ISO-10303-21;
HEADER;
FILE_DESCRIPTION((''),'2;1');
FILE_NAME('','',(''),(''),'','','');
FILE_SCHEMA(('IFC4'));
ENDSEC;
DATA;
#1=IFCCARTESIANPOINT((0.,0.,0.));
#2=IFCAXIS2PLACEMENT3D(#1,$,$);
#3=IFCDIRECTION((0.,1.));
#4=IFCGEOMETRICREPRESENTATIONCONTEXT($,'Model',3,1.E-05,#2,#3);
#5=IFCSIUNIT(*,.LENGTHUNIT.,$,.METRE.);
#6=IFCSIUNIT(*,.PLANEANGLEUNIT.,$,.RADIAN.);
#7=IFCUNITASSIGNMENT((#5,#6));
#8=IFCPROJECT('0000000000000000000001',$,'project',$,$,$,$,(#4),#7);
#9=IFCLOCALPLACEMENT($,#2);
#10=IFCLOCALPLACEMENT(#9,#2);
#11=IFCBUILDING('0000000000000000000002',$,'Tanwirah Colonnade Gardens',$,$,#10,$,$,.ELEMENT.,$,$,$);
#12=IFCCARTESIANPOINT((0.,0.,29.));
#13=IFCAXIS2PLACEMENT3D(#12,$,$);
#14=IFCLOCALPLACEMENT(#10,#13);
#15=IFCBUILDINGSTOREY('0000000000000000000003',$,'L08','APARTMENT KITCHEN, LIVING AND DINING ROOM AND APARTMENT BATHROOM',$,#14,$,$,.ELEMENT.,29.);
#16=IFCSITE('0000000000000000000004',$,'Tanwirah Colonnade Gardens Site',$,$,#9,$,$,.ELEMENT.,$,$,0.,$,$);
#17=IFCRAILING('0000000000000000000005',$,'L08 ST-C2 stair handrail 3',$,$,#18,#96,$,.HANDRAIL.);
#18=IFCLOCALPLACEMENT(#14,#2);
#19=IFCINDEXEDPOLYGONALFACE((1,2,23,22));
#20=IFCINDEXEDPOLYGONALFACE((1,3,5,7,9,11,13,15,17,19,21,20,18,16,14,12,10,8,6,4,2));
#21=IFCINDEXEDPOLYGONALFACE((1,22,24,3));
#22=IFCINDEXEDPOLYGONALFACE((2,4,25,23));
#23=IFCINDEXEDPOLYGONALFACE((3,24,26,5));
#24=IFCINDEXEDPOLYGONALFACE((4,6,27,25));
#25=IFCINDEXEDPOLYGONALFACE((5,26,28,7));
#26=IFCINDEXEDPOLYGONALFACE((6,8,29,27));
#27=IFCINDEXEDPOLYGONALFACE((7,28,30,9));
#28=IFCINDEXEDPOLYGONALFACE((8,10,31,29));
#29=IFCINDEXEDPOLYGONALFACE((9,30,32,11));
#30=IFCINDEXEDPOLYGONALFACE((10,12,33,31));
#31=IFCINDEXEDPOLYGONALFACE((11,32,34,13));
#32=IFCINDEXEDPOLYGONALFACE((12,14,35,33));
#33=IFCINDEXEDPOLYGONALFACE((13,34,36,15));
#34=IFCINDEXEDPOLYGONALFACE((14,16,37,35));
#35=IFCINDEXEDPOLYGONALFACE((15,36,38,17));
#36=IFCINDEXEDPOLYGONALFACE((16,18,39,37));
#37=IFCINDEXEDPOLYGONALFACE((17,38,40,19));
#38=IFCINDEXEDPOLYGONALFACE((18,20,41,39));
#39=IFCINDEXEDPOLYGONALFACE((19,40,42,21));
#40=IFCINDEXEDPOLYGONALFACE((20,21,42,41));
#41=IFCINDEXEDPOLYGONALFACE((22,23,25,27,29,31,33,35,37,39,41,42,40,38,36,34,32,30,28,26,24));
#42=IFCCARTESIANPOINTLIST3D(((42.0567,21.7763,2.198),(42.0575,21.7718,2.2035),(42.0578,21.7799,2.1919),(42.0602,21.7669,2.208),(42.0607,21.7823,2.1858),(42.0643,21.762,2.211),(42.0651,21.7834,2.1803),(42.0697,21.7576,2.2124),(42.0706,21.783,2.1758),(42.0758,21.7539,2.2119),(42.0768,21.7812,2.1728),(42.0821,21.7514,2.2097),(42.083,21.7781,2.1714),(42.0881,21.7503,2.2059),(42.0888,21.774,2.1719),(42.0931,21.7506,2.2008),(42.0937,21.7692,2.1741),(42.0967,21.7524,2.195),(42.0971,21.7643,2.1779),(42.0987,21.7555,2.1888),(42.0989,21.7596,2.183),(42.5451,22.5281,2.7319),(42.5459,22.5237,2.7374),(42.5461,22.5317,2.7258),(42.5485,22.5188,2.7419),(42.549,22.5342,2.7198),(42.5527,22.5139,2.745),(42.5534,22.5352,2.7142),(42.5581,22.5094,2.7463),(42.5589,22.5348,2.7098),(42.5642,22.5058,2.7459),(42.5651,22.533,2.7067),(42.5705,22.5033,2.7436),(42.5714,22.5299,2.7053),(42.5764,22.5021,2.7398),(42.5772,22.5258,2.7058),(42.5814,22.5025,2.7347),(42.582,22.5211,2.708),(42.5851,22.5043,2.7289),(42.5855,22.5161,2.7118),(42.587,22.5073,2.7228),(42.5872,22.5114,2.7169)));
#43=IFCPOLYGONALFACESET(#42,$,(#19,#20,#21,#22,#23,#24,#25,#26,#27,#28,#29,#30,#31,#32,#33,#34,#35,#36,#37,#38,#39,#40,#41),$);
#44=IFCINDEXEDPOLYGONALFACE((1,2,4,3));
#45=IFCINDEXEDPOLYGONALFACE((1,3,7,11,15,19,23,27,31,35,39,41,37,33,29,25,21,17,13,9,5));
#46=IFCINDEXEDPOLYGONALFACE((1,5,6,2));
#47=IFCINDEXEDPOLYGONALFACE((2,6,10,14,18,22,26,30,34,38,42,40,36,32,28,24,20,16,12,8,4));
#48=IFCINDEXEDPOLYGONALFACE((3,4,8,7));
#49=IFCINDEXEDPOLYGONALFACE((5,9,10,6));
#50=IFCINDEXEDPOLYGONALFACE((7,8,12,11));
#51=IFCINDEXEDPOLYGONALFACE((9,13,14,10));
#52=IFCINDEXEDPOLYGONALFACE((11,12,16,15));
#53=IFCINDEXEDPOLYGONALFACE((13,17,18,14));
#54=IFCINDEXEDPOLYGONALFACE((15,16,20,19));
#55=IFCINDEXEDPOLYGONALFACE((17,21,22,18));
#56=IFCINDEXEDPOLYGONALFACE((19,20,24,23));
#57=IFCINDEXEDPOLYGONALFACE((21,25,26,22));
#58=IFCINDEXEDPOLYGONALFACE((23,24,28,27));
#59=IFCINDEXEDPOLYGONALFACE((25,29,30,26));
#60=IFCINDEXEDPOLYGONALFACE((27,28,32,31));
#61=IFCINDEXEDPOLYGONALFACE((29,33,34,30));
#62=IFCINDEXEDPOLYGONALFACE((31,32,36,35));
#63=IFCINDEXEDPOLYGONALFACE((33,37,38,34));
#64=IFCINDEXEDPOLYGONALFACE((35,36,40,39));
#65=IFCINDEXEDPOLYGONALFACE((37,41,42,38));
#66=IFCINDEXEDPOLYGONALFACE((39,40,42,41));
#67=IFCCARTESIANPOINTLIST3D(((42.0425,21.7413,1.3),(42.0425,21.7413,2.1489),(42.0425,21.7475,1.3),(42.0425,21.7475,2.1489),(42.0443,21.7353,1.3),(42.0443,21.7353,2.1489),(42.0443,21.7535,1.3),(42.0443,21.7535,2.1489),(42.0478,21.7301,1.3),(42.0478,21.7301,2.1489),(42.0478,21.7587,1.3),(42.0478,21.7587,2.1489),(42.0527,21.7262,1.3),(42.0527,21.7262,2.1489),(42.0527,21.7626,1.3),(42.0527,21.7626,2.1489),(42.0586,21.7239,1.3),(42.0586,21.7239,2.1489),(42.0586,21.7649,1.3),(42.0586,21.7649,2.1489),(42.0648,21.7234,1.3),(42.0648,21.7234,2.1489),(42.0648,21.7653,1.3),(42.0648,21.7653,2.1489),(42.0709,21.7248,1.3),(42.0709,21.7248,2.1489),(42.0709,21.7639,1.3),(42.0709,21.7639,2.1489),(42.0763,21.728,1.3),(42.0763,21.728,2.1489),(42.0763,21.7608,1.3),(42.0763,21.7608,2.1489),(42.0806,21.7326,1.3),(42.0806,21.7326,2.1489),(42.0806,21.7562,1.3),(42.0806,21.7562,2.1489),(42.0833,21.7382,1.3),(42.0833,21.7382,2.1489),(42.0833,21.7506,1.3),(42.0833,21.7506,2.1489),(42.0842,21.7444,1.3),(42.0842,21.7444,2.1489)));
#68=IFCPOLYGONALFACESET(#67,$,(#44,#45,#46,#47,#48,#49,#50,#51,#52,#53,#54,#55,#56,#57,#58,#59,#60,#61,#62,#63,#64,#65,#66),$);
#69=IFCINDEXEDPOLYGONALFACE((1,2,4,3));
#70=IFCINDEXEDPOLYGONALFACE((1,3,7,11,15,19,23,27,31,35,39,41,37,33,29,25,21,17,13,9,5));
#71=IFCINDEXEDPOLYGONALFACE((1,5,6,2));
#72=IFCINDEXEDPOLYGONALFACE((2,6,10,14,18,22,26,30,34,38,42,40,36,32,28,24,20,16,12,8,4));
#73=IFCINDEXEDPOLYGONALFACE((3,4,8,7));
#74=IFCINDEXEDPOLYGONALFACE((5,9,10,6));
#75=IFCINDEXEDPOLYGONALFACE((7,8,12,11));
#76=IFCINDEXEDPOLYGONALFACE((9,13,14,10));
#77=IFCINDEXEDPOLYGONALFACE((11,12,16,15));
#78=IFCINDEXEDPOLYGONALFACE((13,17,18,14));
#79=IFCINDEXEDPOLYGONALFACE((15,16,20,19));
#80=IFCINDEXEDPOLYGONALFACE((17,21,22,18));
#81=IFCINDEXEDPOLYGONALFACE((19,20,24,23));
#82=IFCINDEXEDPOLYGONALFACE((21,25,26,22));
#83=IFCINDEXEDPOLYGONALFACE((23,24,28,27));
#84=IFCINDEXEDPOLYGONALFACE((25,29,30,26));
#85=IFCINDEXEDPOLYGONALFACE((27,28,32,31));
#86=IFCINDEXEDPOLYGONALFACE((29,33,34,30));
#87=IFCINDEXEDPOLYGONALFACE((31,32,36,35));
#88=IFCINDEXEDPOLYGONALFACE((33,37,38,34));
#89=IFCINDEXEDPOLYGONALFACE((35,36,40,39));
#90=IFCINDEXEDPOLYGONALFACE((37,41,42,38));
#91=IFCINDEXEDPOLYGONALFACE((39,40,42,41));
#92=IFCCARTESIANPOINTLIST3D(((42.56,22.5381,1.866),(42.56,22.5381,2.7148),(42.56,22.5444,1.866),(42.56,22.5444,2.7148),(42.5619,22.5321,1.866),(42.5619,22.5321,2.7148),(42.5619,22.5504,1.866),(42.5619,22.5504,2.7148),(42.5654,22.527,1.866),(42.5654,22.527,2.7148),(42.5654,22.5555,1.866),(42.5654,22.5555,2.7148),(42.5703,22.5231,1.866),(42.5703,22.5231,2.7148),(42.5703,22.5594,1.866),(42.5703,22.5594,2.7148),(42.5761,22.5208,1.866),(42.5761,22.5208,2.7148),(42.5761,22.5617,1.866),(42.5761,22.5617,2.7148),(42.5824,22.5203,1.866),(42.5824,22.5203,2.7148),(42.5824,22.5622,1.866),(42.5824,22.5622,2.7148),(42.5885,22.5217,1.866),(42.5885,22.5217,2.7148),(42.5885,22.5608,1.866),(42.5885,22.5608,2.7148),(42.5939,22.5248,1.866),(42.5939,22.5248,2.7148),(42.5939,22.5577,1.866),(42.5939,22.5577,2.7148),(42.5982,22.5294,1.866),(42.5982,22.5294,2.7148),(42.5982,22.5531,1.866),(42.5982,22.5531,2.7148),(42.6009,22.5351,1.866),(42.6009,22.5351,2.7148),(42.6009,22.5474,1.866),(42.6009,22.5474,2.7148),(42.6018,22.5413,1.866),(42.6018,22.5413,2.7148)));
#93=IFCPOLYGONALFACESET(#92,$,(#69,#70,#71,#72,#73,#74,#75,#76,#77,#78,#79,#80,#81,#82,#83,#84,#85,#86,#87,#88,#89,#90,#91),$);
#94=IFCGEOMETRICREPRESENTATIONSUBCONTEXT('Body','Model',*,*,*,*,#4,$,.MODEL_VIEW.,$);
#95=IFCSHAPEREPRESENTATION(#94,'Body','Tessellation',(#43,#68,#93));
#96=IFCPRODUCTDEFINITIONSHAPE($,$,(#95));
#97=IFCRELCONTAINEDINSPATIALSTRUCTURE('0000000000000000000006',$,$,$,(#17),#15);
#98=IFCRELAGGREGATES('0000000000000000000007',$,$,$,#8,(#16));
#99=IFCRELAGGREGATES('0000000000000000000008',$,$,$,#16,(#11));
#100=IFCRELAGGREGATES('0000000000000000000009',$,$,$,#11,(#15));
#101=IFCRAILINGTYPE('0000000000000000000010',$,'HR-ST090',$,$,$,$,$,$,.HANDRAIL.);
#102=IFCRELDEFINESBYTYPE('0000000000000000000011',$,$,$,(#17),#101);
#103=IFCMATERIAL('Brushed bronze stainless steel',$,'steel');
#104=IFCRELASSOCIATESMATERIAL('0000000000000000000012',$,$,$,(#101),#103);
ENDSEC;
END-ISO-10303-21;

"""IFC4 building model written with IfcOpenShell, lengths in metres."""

from ifc_helpers import new_model, si_unit, direction, frame, origin, origin_2d, place, context, subcontext, project, spatial, circle, extrude, material, type_object, element, save


model = new_model("IFC4")

# Units and contexts
model_context = context("Model", 3, precision=1e-05, world=origin(), true_north=direction((0.0, 1.0)))
body_context = subcontext(model_context, "Body", "Model", "MODEL_VIEW")
ifc_project = project(units=[si_unit("LENGTHUNIT", "METRE"), si_unit("PLANEANGLEUNIT", "RADIAN")], contexts=[model_context])

# Site, building, storey
site_placement = place(None, origin())
site = spatial("IfcSite", under=ifc_project, at=site_placement, Name="Tanwirah Colonnade Gardens Site", CompositionType="ELEMENT", RefElevation=0.0)
building_placement = place(site_placement, origin())
building = spatial("IfcBuilding", under=site, at=building_placement, Name="Tanwirah Colonnade Gardens", CompositionType="ELEMENT")
storey_placement = place(building_placement, frame((0.0, 0.0, 29.0)))
storey = spatial("IfcBuildingStorey", under=building, at=storey_placement, Name="L08", Description="APARTMENT KITCHEN, LIVING AND DINING ROOM AND APARTMENT BATHROOM", CompositionType="ELEMENT", Elevation=29.0)

# Railing
ifc_material_1 = material(Name="Brushed bronze stainless steel", Category="steel")
railing_type_1 = type_object("IfcRailingType", Name="HR-ST090", PredefinedType="HANDRAIL", material=ifc_material_1)
railing_1_placement = place(storey_placement, frame((42.0632, 21.7444, 1.3)))
element("IfcRailing", 1, at=railing_1_placement, inside=storey, type_object=railing_type_1, Name="L08 ST-C2 stair handrail 3", PredefinedType="HANDRAIL", context=body_context, shape_type="SweptSolid", body=[
    extrude(circle(Radius=0.0239, at=origin_2d()), frame((0.0146, 0.0225, 0.8918), z_axis=(0.467988, 0.720524, 0.511696), x_axis=(-0.838631, 0.544699, 0.0)), (0.0, 0.0, 1.0), 1.0435),
    extrude(circle(Radius=0.021, at=origin_2d()), origin(), (0.0, 0.0, 1.0), 0.8489),
    extrude(circle(Radius=0.021, at=origin_2d()), frame((0.5176, 0.7969, 0.5659)), (0.0, 0.0, 1.0), 0.8489),
])

save(model, "model.ifc")
